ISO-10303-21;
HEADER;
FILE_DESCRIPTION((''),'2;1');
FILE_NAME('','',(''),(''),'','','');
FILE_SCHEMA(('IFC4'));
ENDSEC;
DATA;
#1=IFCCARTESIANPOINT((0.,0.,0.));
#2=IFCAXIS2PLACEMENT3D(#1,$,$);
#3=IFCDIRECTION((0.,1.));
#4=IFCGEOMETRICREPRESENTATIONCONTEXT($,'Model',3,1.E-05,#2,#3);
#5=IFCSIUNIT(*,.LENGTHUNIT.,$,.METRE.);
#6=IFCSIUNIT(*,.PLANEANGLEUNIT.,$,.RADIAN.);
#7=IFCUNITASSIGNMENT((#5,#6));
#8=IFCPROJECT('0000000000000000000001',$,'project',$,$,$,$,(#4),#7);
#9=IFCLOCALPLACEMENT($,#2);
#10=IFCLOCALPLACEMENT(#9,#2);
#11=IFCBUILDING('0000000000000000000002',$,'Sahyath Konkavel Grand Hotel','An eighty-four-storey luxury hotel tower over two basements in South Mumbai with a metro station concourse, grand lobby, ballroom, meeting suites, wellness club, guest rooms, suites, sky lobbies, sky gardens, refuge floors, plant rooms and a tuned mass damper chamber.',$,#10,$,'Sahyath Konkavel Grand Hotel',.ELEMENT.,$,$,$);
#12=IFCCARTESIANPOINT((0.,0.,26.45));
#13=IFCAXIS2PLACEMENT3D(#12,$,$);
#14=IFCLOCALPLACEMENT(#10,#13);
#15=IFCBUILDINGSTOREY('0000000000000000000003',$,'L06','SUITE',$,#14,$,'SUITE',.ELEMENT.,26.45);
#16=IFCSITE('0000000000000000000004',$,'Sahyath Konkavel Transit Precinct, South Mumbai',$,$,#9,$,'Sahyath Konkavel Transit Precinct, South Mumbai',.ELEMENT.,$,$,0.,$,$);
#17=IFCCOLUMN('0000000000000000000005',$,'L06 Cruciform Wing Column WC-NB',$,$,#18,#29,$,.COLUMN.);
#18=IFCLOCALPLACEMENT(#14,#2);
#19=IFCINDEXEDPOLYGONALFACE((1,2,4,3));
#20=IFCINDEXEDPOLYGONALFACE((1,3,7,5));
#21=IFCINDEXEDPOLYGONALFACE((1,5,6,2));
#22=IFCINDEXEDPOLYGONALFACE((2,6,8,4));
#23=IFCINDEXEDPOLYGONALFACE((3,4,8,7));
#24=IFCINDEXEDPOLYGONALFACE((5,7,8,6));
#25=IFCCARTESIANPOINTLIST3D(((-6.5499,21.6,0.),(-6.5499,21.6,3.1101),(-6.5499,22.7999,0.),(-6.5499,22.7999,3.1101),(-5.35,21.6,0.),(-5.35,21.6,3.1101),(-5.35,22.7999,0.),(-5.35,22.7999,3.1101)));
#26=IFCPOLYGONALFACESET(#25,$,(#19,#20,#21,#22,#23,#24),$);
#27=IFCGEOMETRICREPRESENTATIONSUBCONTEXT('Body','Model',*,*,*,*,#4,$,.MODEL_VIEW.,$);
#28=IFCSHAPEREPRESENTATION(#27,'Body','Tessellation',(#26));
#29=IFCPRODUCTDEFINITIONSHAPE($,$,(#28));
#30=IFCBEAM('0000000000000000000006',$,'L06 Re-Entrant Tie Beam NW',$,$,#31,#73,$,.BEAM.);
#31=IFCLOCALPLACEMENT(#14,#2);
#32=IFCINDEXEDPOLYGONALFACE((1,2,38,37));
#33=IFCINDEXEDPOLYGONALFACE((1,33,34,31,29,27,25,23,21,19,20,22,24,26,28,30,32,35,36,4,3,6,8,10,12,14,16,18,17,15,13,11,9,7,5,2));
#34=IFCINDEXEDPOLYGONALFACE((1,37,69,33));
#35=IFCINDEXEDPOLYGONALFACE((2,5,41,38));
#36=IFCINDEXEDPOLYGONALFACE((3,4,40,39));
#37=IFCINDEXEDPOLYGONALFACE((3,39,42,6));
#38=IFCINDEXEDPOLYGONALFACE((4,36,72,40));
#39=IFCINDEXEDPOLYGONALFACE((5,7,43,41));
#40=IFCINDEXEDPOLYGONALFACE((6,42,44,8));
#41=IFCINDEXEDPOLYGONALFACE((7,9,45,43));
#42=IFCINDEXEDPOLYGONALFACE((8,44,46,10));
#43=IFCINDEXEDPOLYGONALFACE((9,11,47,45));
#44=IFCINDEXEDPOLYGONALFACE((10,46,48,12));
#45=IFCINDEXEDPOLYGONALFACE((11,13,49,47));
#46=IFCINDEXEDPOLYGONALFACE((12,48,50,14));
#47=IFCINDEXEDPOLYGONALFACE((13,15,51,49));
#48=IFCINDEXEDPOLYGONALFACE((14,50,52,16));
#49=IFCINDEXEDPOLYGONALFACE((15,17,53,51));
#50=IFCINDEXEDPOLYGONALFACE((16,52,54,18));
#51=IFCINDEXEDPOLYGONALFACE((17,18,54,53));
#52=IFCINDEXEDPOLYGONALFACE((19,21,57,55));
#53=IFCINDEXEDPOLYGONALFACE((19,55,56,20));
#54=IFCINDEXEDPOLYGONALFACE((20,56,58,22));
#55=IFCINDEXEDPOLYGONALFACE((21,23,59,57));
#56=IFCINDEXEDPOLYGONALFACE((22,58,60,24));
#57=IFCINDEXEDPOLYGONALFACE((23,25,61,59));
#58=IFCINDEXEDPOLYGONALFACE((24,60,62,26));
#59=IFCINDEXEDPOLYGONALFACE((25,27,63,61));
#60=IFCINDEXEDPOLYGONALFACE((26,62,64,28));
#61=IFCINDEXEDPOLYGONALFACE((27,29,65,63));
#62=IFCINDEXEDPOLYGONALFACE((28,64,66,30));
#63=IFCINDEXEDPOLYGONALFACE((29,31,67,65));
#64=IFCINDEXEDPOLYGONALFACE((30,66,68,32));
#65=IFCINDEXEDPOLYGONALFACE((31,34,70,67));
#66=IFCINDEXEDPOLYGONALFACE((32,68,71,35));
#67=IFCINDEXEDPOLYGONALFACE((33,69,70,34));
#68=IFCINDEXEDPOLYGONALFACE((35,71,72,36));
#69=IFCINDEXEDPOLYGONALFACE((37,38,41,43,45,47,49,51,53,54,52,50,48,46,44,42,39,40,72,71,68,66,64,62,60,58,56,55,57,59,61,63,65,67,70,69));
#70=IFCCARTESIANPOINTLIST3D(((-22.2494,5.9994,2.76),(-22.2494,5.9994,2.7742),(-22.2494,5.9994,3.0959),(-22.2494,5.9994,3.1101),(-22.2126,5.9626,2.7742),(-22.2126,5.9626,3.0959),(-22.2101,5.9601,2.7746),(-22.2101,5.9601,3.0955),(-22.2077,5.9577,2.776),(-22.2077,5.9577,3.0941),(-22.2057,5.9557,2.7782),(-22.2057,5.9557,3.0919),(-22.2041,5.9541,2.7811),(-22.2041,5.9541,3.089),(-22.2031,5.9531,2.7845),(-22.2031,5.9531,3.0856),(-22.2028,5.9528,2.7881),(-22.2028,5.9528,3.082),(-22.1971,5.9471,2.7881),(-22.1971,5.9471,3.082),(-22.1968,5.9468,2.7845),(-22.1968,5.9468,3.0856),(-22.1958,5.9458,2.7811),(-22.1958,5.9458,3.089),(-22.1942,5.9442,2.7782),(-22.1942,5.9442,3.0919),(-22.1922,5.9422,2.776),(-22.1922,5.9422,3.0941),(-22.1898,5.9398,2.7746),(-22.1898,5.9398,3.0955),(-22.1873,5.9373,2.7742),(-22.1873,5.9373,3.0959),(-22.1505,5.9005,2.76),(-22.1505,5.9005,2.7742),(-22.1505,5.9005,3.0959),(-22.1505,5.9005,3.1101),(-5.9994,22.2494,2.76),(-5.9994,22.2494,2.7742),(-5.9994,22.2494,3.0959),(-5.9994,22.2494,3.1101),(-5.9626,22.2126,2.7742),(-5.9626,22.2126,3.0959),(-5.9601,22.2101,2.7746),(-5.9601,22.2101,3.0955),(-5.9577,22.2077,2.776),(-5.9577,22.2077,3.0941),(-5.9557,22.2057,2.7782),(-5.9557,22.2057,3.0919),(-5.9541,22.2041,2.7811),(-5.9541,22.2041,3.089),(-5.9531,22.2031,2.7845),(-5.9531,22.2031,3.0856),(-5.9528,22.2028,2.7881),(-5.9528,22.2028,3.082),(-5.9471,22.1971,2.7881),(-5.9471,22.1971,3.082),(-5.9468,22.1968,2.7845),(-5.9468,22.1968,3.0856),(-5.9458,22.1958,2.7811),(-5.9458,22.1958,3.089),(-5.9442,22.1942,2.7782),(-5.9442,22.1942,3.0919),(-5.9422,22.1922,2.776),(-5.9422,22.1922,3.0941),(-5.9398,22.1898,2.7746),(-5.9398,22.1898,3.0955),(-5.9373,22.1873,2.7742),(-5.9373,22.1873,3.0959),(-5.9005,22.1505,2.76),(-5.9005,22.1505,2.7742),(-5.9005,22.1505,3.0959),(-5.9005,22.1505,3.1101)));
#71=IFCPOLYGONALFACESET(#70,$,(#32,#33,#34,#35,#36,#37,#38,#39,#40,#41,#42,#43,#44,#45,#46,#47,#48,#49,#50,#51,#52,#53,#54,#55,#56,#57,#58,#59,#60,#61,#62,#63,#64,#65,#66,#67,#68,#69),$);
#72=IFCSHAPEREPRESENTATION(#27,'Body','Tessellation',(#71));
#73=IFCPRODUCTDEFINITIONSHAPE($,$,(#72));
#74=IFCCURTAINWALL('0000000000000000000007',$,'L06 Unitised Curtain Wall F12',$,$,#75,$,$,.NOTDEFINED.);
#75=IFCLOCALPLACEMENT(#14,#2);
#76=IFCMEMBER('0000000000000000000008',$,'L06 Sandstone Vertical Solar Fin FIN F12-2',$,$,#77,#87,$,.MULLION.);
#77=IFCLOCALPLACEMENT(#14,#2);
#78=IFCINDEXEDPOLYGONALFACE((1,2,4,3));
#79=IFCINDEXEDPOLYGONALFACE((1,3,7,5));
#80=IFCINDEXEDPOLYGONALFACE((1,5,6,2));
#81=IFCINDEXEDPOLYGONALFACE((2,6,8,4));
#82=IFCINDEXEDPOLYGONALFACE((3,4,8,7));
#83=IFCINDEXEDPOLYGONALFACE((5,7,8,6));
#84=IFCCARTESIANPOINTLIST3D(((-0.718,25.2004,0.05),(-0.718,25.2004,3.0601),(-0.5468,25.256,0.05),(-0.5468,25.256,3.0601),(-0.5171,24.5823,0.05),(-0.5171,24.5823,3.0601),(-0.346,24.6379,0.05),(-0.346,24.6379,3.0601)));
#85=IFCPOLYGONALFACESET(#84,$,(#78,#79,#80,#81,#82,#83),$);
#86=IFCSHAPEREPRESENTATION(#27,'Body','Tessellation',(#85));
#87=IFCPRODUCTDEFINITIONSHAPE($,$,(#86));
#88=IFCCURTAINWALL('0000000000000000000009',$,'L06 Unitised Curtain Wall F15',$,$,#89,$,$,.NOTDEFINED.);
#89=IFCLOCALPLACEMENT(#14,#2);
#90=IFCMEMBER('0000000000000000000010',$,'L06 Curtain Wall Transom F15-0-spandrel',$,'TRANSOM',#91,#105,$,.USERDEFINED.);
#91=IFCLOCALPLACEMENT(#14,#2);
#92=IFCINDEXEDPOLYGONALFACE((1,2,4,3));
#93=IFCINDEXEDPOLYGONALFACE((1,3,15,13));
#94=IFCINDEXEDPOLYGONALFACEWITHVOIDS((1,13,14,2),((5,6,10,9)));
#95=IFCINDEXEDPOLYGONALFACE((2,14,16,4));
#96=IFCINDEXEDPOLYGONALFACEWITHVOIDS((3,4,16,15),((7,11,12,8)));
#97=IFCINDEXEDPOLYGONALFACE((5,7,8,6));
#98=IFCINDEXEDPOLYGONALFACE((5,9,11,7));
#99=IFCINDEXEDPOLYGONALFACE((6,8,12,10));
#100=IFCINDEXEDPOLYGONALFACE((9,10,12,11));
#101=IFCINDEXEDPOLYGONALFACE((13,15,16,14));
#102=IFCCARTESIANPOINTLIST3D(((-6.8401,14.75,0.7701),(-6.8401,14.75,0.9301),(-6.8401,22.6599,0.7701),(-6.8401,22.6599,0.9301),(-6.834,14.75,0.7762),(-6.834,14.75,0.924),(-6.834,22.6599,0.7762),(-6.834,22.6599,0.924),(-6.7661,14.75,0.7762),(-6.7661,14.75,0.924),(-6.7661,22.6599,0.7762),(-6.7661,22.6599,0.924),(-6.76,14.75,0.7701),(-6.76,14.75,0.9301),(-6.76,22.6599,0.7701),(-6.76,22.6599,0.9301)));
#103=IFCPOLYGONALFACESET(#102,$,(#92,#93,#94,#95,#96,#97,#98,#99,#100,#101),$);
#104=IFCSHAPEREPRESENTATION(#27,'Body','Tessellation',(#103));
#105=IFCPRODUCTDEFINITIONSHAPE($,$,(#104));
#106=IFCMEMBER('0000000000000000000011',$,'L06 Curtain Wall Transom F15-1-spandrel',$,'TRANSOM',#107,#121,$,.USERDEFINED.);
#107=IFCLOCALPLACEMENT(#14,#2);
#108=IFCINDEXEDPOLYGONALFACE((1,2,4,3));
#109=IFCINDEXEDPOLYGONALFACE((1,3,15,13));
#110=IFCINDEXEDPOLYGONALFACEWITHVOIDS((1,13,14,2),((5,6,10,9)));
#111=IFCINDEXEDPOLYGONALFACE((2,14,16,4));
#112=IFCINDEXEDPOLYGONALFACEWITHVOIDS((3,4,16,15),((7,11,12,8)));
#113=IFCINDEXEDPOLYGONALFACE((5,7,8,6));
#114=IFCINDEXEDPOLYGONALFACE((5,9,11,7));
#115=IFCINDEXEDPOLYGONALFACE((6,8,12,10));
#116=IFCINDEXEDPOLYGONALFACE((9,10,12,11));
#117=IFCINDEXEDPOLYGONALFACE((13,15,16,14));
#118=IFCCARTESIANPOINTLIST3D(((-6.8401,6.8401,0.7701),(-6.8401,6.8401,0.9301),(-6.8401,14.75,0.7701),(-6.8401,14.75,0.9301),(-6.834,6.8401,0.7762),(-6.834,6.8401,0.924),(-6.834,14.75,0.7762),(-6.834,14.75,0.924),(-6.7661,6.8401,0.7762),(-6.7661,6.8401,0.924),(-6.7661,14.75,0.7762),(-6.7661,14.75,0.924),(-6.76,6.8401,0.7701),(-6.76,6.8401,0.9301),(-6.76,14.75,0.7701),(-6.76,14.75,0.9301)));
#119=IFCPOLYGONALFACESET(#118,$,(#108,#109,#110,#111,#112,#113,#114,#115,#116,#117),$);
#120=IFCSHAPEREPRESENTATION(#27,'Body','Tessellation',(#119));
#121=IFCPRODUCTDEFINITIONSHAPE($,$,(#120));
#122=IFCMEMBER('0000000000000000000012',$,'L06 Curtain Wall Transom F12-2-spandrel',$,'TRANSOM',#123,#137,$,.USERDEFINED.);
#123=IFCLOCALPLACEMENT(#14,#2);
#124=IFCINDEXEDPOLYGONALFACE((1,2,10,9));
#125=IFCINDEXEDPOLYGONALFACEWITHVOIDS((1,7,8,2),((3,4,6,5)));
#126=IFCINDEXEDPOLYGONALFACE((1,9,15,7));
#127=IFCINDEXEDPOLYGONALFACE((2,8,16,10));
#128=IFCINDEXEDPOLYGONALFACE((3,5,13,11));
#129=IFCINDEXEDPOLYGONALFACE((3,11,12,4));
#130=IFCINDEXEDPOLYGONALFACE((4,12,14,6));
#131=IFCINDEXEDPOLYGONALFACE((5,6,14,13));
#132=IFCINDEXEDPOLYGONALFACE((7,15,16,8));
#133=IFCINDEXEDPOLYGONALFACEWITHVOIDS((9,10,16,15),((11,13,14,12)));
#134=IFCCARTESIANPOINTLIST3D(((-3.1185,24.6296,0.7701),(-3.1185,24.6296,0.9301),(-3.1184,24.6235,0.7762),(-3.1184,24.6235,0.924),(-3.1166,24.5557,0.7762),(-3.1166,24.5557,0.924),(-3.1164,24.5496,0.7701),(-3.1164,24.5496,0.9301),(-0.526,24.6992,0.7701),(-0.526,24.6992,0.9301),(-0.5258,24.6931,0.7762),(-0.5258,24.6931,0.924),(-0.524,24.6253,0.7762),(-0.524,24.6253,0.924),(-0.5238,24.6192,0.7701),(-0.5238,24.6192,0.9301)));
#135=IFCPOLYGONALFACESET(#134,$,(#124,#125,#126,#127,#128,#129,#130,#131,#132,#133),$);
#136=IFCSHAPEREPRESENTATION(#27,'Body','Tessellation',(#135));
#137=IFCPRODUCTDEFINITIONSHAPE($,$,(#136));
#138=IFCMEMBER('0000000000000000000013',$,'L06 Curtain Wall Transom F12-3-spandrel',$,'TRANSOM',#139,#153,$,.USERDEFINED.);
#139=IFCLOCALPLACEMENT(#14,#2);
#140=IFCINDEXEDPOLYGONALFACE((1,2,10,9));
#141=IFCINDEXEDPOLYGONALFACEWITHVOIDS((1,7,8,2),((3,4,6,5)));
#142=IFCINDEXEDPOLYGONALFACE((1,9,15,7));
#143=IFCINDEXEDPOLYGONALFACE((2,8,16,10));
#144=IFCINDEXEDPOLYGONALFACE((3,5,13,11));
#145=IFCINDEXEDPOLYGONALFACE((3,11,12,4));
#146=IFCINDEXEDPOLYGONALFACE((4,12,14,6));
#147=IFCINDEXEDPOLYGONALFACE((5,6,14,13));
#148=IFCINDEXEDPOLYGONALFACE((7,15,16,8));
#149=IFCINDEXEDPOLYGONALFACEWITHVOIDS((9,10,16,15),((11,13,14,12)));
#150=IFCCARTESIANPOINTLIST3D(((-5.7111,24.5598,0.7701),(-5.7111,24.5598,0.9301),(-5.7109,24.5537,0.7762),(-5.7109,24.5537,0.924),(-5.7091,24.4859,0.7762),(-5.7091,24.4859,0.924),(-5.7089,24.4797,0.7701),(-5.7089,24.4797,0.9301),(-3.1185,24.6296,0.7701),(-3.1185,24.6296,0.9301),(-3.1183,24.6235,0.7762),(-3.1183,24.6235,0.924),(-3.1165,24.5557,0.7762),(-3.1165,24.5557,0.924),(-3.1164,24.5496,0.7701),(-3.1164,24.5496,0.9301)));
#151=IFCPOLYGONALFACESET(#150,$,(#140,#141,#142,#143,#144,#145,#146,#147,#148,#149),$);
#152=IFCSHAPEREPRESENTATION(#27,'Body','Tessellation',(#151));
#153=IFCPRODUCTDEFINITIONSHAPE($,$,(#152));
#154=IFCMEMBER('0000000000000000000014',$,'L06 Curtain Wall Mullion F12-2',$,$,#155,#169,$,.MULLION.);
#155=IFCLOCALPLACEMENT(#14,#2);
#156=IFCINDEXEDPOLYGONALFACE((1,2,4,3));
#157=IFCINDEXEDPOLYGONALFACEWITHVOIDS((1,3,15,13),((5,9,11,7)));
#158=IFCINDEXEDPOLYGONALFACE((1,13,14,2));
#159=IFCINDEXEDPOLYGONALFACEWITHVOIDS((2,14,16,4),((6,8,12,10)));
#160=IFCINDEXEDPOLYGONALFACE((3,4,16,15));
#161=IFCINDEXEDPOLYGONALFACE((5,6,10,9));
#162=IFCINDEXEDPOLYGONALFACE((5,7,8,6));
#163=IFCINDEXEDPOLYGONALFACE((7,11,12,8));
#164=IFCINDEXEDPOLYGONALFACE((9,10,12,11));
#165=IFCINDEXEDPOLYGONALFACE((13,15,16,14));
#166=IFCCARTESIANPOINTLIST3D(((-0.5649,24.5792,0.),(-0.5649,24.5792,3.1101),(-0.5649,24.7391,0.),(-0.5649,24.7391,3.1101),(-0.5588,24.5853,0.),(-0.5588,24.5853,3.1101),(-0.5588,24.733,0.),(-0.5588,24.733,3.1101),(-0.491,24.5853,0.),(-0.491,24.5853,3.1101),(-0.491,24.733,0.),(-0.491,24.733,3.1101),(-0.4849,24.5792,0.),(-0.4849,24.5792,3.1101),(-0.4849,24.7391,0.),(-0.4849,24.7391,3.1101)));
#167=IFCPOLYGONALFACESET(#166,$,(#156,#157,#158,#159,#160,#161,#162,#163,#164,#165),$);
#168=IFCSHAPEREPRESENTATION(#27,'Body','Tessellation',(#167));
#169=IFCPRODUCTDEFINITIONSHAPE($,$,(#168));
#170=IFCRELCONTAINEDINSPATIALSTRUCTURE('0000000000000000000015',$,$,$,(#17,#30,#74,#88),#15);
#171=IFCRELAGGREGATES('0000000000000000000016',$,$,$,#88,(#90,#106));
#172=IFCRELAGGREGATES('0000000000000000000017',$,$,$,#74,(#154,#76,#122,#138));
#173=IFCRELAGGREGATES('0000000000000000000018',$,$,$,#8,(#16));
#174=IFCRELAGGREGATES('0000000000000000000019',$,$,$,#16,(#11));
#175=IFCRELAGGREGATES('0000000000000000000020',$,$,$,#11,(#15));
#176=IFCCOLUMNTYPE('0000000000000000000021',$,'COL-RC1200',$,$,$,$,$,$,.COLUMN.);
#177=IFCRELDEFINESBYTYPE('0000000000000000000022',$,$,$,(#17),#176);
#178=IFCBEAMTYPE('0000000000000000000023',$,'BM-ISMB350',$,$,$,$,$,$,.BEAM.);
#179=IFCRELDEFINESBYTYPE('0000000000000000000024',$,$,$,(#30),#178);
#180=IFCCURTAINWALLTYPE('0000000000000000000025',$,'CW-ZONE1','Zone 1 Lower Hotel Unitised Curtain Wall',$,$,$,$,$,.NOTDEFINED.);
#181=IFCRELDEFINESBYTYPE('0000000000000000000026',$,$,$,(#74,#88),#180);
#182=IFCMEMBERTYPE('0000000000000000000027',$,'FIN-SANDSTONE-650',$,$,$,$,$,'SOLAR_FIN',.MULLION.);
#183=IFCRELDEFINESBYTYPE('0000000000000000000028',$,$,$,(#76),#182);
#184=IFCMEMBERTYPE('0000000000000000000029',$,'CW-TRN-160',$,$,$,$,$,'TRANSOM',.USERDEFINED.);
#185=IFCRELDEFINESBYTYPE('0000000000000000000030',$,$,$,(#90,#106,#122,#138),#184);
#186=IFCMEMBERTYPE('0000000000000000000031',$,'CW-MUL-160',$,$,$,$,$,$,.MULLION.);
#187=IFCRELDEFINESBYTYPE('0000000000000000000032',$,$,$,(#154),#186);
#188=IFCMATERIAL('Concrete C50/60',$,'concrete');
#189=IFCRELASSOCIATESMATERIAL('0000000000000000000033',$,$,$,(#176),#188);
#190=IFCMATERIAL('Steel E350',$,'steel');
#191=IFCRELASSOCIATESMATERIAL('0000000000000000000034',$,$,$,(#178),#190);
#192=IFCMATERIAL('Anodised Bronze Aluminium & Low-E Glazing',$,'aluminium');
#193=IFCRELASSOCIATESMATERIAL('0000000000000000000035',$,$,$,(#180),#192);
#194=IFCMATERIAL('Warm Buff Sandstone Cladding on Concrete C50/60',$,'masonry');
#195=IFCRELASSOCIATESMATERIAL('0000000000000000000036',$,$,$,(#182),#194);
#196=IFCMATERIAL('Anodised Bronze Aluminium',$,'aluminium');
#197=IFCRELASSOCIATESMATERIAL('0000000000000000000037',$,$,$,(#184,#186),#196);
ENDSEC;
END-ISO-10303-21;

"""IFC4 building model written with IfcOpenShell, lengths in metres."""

from ifc_helpers import new_model, si_unit, direction, frame, origin, origin_2d, place, context, subcontext, project, spatial, rectangle, hollow_rectangle, i_section, extrude, source, transform, mapped, material, material_profile, profile_set, type_object, element, aggregate, save


model = new_model("IFC4")

# Units and contexts
model_context = context("Model", 3, precision=1e-05, world=origin(), true_north=direction((0.0, 1.0)))
body_context = subcontext(model_context, "Body", "Model", "MODEL_VIEW")
ifc_project = project(units=[si_unit("LENGTHUNIT", "METRE"), si_unit("PLANEANGLEUNIT", "RADIAN")], contexts=[model_context])

# Site, building, storey
site_placement = place(None, origin())
site = spatial("IfcSite", under=ifc_project, at=site_placement, Name="Sahyath Konkavel Transit Precinct, South Mumbai", LongName="Sahyath Konkavel Transit Precinct, South Mumbai", CompositionType="ELEMENT", RefElevation=0.0)
building_placement = place(site_placement, origin())
building = spatial("IfcBuilding", under=site, at=building_placement, Name="Sahyath Konkavel Grand Hotel", Description="An eighty-four-storey luxury hotel tower over two basements in South Mumbai with a metro station concourse, grand lobby, ballroom, meeting suites, wellness club, guest rooms, suites, sky lobbies, sky gardens, refuge floors, plant rooms and a tuned mass damper chamber.", LongName="Sahyath Konkavel Grand Hotel", CompositionType="ELEMENT")
storey_placement = place(building_placement, frame((0.0, 0.0, 26.45)))
storey = spatial("IfcBuildingStorey", under=building, at=storey_placement, Name="L06", Description="SUITE", LongName="SUITE", CompositionType="ELEMENT", Elevation=26.45)

# Column
ifc_material_1 = material(Name="Concrete C50/60", Category="concrete")
ifc_material_profile_1 = material_profile(ifc_material_1, rectangle(XDim=1.2, YDim=1.2, at=origin_2d()), Name="RC 1200x1200")
ifc_profile_set_1 = profile_set([ifc_material_profile_1], Name="Concrete C50/60")
column_type = type_object("IfcColumnType", Name="COL-RC1200", PredefinedType="COLUMN", material=ifc_profile_set_1)
shared_shape_1 = source(origin(), body_context, "Body", "SweptSolid", [
    extrude(rectangle(XDim=1.2, YDim=1.2, at=origin_2d()), origin(), (0.0, 0.0, 1.0), 3.1101),
])
column_placement = place(storey_placement, frame((-5.95, 22.2, 0.0), z_axis=(0.0, 0.0, 1.0), x_axis=(1.0, 0.0, 0.0)))
element("IfcColumn", 1, at=column_placement, inside=storey, type_object=column_type, Name="L06 Cruciform Wing Column WC-NB", PredefinedType="COLUMN", context=body_context, shape_type="MappedRepresentation", body=[
    mapped(shared_shape_1, transform((0.0, 0.0, 0.0), scale=1.0)),
])

# Beam
ifc_material_2 = material(Name="Steel E350", Category="steel")
ifc_material_profile_2 = material_profile(ifc_material_2, i_section(OverallWidth=0.1399, OverallDepth=0.3501, WebThickness=0.0081, FlangeThickness=0.0142, FilletRadius=0.0139, at=origin_2d()), Name="ISMB 350")
ifc_profile_set_2 = profile_set([ifc_material_profile_2], Name="Steel E350")
beam_type = type_object("IfcBeamType", Name="BM-ISMB350", PredefinedType="BEAM", material=ifc_profile_set_2)
shared_shape_2 = source(origin(), body_context, "Body", "SweptSolid", [
    extrude(i_section(OverallWidth=0.1399, OverallDepth=0.3501, WebThickness=0.0081, FlangeThickness=0.0142, FilletRadius=0.0139, at=origin_2d()), origin(), (0.0, 0.0, 1.0), 22.981),
])
beam_placement = place(storey_placement, frame((-5.95, 22.2, 2.9351), z_axis=(-0.707107, -0.707107, 0.0), x_axis=(0.707107, -0.707107, 0.0)))
element("IfcBeam", 2, at=beam_placement, inside=storey, type_object=beam_type, Name="L06 Re-Entrant Tie Beam NW", PredefinedType="BEAM", context=body_context, shape_type="MappedRepresentation", body=[
    mapped(shared_shape_2, transform((0.0, 0.0, 0.0), scale=1.0)),
])

# Curtain wall, member
ifc_material_3 = material(Name="Anodised Bronze Aluminium & Low-E Glazing", Category="aluminium")
curtain_wall_type = type_object("IfcCurtainWallType", Name="CW-ZONE1", Description="Zone 1 Lower Hotel Unitised Curtain Wall", PredefinedType="NOTDEFINED", material=ifc_material_3)
curtain_wall_1_placement = place(storey_placement, origin())
curtain_wall_1 = element("IfcCurtainWall", 3, at=curtain_wall_1_placement, inside=storey, type_object=curtain_wall_type, Name="L06 Unitised Curtain Wall F12", PredefinedType="NOTDEFINED")
ifc_material_4 = material(Name="Warm Buff Sandstone Cladding on Concrete C50/60", Category="masonry")
ifc_material_profile_3 = material_profile(ifc_material_4, rectangle(XDim=0.1799, YDim=0.6499, at=origin_2d()), Name="FIN 180x650")
ifc_profile_set_3 = profile_set([ifc_material_profile_3], Name="Warm Buff Sandstone Cladding on Concrete C50/60")
member_type_1 = type_object("IfcMemberType", Name="FIN-SANDSTONE-650", ElementType="SOLAR_FIN", PredefinedType="MULLION", material=ifc_profile_set_3)
shared_shape_3 = source(origin(), body_context, "Body", "SweptSolid", [
    extrude(rectangle(XDim=0.1799, YDim=0.6499, at=origin_2d()), origin(), (0.0, 0.0, 1.0), 3.01),
])
member_1_placement = place(storey_placement, frame((-0.532, 24.9192, 0.05), z_axis=(0.0, 0.0, 1.0), x_axis=(0.951057, 0.309017, 0.0)))
member_1 = element("IfcMember", 4, at=member_1_placement, type_object=member_type_1, Name="L06 Sandstone Vertical Solar Fin FIN F12-2", PredefinedType="MULLION", context=body_context, shape_type="MappedRepresentation", body=[
    mapped(shared_shape_3, transform((0.0, 0.0, 0.0), scale=1.0)),
])

# Curtain wall, members
curtain_wall_2_placement = place(storey_placement, origin())
curtain_wall_2 = element("IfcCurtainWall", 5, at=curtain_wall_2_placement, inside=storey, type_object=curtain_wall_type, Name="L06 Unitised Curtain Wall F15", PredefinedType="NOTDEFINED")
ifc_material_5 = material(Name="Anodised Bronze Aluminium", Category="aluminium")
ifc_material_profile_4 = material_profile(ifc_material_5, hollow_rectangle(XDim=0.0801, YDim=0.1599, WallThickness=0.0061, at=origin_2d()), Name="RHS 160x80x6")
ifc_profile_set_4 = profile_set([ifc_material_profile_4], Name="Anodised Bronze Aluminium")
member_type_2 = type_object("IfcMemberType", Name="CW-TRN-160", ElementType="TRANSOM", PredefinedType="USERDEFINED", material=ifc_profile_set_4)
shared_shape_4 = source(origin(), body_context, "Body", "SweptSolid", [
    extrude(hollow_rectangle(XDim=0.0801, YDim=0.1599, WallThickness=0.0061, at=origin_2d()), origin(), (0.0, 0.0, 1.0), 7.9099),
])
member_2_placement = place(storey_placement, frame((-6.8, 22.6599, 0.8501), z_axis=(0.0, -1.0, 0.0), x_axis=(1.0, 0.0, 0.0)))
member_2 = element("IfcMember", 6, at=member_2_placement, type_object=member_type_2, Name="L06 Curtain Wall Transom F15-0-spandrel", ObjectType="TRANSOM", PredefinedType="USERDEFINED", context=body_context, shape_type="MappedRepresentation", body=[
    mapped(shared_shape_4, transform((0.0, 0.0, 0.0), scale=1.0)),
])
member_3_placement = place(storey_placement, frame((-6.8, 14.75, 0.8501), z_axis=(0.0, -1.0, 0.0), x_axis=(1.0, 0.0, 0.0)))
member_3 = element("IfcMember", 7, at=member_3_placement, type_object=member_type_2, Name="L06 Curtain Wall Transom F15-1-spandrel", ObjectType="TRANSOM", PredefinedType="USERDEFINED", context=body_context, shape_type="MappedRepresentation", body=[
    mapped(shared_shape_4, transform((0.0, 0.0, 0.0), scale=1.0)),
])

# Members
shared_shape_5 = source(origin(), body_context, "Body", "SweptSolid", [
    extrude(hollow_rectangle(XDim=0.0801, YDim=0.1599, WallThickness=0.0061, at=origin_2d()), origin(), (0.0, 0.0, 1.0), 2.5935),
])
member_4_placement = place(storey_placement, frame((-0.5249, 24.6592, 0.8501), z_axis=(-0.99964, -0.026829, 0.0), x_axis=(0.026829, -0.99964, 0.0)))
member_4 = element("IfcMember", 8, at=member_4_placement, type_object=member_type_2, Name="L06 Curtain Wall Transom F12-2-spandrel", ObjectType="TRANSOM", PredefinedType="USERDEFINED", context=body_context, shape_type="MappedRepresentation", body=[
    mapped(shared_shape_5, transform((0.0, 0.0, 0.0), scale=1.0)),
])
member_5_placement = place(storey_placement, frame((-3.1174, 24.5896, 0.8501), z_axis=(-0.999638, -0.026923, 0.0), x_axis=(0.026923, -0.999638, 0.0)))
member_5 = element("IfcMember", 9, at=member_5_placement, type_object=member_type_2, Name="L06 Curtain Wall Transom F12-3-spandrel", ObjectType="TRANSOM", PredefinedType="USERDEFINED", context=body_context, shape_type="MappedRepresentation", body=[
    mapped(shared_shape_5, transform((0.0, 0.0, 0.0), scale=1.0)),
])
ifc_material_profile_5 = material_profile(ifc_material_5, hollow_rectangle(XDim=0.0801, YDim=0.1599, WallThickness=0.0061, at=origin_2d()), Name="RHS 160x80x6")
ifc_profile_set_5 = profile_set([ifc_material_profile_5], Name="Anodised Bronze Aluminium")
member_type_3 = type_object("IfcMemberType", Name="CW-MUL-160", PredefinedType="MULLION", material=ifc_profile_set_5)
shared_shape_6 = source(origin(), body_context, "Body", "SweptSolid", [
    extrude(hollow_rectangle(XDim=0.0801, YDim=0.1599, WallThickness=0.0061, at=origin_2d()), origin(), (0.0, 0.0, 1.0), 3.1101),
])
member_6_placement = place(storey_placement, frame((-0.5249, 24.6592, 0.0), z_axis=(0.0, 0.0, 1.0), x_axis=(1.0, 0.0, 0.0)))
member_6 = element("IfcMember", 10, at=member_6_placement, type_object=member_type_3, Name="L06 Curtain Wall Mullion F12-2", PredefinedType="MULLION", context=body_context, shape_type="MappedRepresentation", body=[
    mapped(shared_shape_6, transform((0.0, 0.0, 0.0), scale=1.0)),
])

aggregate(curtain_wall_2, [member_2, member_3])
aggregate(curtain_wall_1, [member_6, member_1, member_4, member_5])

save(model, "model.ifc")
